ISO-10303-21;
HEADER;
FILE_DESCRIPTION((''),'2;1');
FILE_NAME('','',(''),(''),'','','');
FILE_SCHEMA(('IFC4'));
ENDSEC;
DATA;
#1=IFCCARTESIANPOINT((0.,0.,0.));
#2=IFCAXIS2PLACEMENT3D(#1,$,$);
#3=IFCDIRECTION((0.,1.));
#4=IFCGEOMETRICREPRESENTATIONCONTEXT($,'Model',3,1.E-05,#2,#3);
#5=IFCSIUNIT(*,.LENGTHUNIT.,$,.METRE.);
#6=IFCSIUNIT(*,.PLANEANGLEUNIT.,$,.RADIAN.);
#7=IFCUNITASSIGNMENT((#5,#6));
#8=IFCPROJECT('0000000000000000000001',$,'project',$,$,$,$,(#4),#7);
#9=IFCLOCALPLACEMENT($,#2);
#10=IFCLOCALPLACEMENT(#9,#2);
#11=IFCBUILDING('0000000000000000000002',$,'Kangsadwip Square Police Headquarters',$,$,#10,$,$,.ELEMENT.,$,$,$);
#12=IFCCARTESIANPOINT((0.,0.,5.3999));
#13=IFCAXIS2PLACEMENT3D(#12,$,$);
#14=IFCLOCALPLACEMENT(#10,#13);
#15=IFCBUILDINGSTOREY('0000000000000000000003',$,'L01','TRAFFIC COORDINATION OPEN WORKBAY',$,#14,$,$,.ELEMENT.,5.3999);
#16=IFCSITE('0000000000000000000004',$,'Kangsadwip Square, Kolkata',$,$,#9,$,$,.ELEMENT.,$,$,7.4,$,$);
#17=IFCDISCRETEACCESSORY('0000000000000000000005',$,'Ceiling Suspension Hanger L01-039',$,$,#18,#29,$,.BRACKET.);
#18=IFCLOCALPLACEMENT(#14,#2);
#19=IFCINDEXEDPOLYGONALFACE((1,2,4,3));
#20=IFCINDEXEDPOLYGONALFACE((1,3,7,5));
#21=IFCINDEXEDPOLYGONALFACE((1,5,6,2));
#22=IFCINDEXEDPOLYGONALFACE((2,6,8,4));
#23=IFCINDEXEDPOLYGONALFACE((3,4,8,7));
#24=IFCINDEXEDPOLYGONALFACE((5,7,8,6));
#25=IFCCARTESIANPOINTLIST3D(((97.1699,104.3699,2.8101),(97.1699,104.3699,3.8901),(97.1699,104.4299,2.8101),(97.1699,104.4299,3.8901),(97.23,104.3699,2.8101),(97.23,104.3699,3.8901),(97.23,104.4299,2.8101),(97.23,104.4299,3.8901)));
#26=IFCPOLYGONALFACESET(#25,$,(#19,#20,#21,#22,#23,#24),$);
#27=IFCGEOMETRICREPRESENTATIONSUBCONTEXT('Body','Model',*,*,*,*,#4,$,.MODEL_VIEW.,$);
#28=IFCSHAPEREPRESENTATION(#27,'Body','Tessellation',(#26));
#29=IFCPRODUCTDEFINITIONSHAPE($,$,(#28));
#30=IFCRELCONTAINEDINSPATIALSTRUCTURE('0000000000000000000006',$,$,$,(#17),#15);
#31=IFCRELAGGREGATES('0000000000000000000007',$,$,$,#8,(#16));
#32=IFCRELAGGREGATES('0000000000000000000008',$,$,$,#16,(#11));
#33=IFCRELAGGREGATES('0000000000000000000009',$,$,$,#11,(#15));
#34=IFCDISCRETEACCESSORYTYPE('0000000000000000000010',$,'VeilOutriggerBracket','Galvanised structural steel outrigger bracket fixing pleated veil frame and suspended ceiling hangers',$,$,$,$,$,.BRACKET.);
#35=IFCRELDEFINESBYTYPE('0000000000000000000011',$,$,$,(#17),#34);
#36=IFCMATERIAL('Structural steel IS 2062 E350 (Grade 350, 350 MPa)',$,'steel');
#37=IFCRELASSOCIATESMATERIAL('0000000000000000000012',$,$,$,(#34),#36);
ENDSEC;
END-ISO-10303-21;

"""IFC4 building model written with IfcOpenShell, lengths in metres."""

from ifc_helpers import new_model, si_unit, direction, frame, origin, origin_2d, place, context, subcontext, project, spatial, rectangle, extrude, material, type_object, element, save


model = new_model("IFC4")

# Units and contexts
model_context = context("Model", 3, precision=1e-05, world=origin(), true_north=direction((0.0, 1.0)))
body_context = subcontext(model_context, "Body", "Model", "MODEL_VIEW")
ifc_project = project(units=[si_unit("LENGTHUNIT", "METRE"), si_unit("PLANEANGLEUNIT", "RADIAN")], contexts=[model_context])

# Site, building, storey
site_placement = place(None, origin())
site = spatial("IfcSite", under=ifc_project, at=site_placement, Name="Kangsadwip Square, Kolkata", CompositionType="ELEMENT", RefElevation=7.4)
building_placement = place(site_placement, origin())
building = spatial("IfcBuilding", under=site, at=building_placement, Name="Kangsadwip Square Police Headquarters", CompositionType="ELEMENT")
storey_placement = place(building_placement, frame((0.0, 0.0, 5.3999)))
storey = spatial("IfcBuildingStorey", under=building, at=storey_placement, Name="L01", Description="TRAFFIC COORDINATION OPEN WORKBAY", CompositionType="ELEMENT", Elevation=5.3999)

# Discrete accessory
ifc_material_1 = material(Name="Structural steel IS 2062 E350 (Grade 350, 350 MPa)", Category="steel")
discrete_accessory_type = type_object("IfcDiscreteAccessoryType", Name="VeilOutriggerBracket", Description="Galvanised structural steel outrigger bracket fixing pleated veil frame and suspended ceiling hangers", PredefinedType="BRACKET", material=ifc_material_1)
discrete_accessory_placement = place(storey_placement, frame((97.2, 104.3999, 2.8101), z_axis=(0.0, 0.0, 1.0), x_axis=(1.0, 0.0, 0.0)))
element("IfcDiscreteAccessory", 1, at=discrete_accessory_placement, inside=storey, type_object=discrete_accessory_type, Name="Ceiling Suspension Hanger L01-039", PredefinedType="BRACKET", context=body_context, shape_type="SweptSolid", body=[
    extrude(rectangle(XDim=0.0601, YDim=0.0601, at=origin_2d()), origin(), (0.0, 0.0, 1.0), 1.0801),
])

save(model, "model.ifc")
